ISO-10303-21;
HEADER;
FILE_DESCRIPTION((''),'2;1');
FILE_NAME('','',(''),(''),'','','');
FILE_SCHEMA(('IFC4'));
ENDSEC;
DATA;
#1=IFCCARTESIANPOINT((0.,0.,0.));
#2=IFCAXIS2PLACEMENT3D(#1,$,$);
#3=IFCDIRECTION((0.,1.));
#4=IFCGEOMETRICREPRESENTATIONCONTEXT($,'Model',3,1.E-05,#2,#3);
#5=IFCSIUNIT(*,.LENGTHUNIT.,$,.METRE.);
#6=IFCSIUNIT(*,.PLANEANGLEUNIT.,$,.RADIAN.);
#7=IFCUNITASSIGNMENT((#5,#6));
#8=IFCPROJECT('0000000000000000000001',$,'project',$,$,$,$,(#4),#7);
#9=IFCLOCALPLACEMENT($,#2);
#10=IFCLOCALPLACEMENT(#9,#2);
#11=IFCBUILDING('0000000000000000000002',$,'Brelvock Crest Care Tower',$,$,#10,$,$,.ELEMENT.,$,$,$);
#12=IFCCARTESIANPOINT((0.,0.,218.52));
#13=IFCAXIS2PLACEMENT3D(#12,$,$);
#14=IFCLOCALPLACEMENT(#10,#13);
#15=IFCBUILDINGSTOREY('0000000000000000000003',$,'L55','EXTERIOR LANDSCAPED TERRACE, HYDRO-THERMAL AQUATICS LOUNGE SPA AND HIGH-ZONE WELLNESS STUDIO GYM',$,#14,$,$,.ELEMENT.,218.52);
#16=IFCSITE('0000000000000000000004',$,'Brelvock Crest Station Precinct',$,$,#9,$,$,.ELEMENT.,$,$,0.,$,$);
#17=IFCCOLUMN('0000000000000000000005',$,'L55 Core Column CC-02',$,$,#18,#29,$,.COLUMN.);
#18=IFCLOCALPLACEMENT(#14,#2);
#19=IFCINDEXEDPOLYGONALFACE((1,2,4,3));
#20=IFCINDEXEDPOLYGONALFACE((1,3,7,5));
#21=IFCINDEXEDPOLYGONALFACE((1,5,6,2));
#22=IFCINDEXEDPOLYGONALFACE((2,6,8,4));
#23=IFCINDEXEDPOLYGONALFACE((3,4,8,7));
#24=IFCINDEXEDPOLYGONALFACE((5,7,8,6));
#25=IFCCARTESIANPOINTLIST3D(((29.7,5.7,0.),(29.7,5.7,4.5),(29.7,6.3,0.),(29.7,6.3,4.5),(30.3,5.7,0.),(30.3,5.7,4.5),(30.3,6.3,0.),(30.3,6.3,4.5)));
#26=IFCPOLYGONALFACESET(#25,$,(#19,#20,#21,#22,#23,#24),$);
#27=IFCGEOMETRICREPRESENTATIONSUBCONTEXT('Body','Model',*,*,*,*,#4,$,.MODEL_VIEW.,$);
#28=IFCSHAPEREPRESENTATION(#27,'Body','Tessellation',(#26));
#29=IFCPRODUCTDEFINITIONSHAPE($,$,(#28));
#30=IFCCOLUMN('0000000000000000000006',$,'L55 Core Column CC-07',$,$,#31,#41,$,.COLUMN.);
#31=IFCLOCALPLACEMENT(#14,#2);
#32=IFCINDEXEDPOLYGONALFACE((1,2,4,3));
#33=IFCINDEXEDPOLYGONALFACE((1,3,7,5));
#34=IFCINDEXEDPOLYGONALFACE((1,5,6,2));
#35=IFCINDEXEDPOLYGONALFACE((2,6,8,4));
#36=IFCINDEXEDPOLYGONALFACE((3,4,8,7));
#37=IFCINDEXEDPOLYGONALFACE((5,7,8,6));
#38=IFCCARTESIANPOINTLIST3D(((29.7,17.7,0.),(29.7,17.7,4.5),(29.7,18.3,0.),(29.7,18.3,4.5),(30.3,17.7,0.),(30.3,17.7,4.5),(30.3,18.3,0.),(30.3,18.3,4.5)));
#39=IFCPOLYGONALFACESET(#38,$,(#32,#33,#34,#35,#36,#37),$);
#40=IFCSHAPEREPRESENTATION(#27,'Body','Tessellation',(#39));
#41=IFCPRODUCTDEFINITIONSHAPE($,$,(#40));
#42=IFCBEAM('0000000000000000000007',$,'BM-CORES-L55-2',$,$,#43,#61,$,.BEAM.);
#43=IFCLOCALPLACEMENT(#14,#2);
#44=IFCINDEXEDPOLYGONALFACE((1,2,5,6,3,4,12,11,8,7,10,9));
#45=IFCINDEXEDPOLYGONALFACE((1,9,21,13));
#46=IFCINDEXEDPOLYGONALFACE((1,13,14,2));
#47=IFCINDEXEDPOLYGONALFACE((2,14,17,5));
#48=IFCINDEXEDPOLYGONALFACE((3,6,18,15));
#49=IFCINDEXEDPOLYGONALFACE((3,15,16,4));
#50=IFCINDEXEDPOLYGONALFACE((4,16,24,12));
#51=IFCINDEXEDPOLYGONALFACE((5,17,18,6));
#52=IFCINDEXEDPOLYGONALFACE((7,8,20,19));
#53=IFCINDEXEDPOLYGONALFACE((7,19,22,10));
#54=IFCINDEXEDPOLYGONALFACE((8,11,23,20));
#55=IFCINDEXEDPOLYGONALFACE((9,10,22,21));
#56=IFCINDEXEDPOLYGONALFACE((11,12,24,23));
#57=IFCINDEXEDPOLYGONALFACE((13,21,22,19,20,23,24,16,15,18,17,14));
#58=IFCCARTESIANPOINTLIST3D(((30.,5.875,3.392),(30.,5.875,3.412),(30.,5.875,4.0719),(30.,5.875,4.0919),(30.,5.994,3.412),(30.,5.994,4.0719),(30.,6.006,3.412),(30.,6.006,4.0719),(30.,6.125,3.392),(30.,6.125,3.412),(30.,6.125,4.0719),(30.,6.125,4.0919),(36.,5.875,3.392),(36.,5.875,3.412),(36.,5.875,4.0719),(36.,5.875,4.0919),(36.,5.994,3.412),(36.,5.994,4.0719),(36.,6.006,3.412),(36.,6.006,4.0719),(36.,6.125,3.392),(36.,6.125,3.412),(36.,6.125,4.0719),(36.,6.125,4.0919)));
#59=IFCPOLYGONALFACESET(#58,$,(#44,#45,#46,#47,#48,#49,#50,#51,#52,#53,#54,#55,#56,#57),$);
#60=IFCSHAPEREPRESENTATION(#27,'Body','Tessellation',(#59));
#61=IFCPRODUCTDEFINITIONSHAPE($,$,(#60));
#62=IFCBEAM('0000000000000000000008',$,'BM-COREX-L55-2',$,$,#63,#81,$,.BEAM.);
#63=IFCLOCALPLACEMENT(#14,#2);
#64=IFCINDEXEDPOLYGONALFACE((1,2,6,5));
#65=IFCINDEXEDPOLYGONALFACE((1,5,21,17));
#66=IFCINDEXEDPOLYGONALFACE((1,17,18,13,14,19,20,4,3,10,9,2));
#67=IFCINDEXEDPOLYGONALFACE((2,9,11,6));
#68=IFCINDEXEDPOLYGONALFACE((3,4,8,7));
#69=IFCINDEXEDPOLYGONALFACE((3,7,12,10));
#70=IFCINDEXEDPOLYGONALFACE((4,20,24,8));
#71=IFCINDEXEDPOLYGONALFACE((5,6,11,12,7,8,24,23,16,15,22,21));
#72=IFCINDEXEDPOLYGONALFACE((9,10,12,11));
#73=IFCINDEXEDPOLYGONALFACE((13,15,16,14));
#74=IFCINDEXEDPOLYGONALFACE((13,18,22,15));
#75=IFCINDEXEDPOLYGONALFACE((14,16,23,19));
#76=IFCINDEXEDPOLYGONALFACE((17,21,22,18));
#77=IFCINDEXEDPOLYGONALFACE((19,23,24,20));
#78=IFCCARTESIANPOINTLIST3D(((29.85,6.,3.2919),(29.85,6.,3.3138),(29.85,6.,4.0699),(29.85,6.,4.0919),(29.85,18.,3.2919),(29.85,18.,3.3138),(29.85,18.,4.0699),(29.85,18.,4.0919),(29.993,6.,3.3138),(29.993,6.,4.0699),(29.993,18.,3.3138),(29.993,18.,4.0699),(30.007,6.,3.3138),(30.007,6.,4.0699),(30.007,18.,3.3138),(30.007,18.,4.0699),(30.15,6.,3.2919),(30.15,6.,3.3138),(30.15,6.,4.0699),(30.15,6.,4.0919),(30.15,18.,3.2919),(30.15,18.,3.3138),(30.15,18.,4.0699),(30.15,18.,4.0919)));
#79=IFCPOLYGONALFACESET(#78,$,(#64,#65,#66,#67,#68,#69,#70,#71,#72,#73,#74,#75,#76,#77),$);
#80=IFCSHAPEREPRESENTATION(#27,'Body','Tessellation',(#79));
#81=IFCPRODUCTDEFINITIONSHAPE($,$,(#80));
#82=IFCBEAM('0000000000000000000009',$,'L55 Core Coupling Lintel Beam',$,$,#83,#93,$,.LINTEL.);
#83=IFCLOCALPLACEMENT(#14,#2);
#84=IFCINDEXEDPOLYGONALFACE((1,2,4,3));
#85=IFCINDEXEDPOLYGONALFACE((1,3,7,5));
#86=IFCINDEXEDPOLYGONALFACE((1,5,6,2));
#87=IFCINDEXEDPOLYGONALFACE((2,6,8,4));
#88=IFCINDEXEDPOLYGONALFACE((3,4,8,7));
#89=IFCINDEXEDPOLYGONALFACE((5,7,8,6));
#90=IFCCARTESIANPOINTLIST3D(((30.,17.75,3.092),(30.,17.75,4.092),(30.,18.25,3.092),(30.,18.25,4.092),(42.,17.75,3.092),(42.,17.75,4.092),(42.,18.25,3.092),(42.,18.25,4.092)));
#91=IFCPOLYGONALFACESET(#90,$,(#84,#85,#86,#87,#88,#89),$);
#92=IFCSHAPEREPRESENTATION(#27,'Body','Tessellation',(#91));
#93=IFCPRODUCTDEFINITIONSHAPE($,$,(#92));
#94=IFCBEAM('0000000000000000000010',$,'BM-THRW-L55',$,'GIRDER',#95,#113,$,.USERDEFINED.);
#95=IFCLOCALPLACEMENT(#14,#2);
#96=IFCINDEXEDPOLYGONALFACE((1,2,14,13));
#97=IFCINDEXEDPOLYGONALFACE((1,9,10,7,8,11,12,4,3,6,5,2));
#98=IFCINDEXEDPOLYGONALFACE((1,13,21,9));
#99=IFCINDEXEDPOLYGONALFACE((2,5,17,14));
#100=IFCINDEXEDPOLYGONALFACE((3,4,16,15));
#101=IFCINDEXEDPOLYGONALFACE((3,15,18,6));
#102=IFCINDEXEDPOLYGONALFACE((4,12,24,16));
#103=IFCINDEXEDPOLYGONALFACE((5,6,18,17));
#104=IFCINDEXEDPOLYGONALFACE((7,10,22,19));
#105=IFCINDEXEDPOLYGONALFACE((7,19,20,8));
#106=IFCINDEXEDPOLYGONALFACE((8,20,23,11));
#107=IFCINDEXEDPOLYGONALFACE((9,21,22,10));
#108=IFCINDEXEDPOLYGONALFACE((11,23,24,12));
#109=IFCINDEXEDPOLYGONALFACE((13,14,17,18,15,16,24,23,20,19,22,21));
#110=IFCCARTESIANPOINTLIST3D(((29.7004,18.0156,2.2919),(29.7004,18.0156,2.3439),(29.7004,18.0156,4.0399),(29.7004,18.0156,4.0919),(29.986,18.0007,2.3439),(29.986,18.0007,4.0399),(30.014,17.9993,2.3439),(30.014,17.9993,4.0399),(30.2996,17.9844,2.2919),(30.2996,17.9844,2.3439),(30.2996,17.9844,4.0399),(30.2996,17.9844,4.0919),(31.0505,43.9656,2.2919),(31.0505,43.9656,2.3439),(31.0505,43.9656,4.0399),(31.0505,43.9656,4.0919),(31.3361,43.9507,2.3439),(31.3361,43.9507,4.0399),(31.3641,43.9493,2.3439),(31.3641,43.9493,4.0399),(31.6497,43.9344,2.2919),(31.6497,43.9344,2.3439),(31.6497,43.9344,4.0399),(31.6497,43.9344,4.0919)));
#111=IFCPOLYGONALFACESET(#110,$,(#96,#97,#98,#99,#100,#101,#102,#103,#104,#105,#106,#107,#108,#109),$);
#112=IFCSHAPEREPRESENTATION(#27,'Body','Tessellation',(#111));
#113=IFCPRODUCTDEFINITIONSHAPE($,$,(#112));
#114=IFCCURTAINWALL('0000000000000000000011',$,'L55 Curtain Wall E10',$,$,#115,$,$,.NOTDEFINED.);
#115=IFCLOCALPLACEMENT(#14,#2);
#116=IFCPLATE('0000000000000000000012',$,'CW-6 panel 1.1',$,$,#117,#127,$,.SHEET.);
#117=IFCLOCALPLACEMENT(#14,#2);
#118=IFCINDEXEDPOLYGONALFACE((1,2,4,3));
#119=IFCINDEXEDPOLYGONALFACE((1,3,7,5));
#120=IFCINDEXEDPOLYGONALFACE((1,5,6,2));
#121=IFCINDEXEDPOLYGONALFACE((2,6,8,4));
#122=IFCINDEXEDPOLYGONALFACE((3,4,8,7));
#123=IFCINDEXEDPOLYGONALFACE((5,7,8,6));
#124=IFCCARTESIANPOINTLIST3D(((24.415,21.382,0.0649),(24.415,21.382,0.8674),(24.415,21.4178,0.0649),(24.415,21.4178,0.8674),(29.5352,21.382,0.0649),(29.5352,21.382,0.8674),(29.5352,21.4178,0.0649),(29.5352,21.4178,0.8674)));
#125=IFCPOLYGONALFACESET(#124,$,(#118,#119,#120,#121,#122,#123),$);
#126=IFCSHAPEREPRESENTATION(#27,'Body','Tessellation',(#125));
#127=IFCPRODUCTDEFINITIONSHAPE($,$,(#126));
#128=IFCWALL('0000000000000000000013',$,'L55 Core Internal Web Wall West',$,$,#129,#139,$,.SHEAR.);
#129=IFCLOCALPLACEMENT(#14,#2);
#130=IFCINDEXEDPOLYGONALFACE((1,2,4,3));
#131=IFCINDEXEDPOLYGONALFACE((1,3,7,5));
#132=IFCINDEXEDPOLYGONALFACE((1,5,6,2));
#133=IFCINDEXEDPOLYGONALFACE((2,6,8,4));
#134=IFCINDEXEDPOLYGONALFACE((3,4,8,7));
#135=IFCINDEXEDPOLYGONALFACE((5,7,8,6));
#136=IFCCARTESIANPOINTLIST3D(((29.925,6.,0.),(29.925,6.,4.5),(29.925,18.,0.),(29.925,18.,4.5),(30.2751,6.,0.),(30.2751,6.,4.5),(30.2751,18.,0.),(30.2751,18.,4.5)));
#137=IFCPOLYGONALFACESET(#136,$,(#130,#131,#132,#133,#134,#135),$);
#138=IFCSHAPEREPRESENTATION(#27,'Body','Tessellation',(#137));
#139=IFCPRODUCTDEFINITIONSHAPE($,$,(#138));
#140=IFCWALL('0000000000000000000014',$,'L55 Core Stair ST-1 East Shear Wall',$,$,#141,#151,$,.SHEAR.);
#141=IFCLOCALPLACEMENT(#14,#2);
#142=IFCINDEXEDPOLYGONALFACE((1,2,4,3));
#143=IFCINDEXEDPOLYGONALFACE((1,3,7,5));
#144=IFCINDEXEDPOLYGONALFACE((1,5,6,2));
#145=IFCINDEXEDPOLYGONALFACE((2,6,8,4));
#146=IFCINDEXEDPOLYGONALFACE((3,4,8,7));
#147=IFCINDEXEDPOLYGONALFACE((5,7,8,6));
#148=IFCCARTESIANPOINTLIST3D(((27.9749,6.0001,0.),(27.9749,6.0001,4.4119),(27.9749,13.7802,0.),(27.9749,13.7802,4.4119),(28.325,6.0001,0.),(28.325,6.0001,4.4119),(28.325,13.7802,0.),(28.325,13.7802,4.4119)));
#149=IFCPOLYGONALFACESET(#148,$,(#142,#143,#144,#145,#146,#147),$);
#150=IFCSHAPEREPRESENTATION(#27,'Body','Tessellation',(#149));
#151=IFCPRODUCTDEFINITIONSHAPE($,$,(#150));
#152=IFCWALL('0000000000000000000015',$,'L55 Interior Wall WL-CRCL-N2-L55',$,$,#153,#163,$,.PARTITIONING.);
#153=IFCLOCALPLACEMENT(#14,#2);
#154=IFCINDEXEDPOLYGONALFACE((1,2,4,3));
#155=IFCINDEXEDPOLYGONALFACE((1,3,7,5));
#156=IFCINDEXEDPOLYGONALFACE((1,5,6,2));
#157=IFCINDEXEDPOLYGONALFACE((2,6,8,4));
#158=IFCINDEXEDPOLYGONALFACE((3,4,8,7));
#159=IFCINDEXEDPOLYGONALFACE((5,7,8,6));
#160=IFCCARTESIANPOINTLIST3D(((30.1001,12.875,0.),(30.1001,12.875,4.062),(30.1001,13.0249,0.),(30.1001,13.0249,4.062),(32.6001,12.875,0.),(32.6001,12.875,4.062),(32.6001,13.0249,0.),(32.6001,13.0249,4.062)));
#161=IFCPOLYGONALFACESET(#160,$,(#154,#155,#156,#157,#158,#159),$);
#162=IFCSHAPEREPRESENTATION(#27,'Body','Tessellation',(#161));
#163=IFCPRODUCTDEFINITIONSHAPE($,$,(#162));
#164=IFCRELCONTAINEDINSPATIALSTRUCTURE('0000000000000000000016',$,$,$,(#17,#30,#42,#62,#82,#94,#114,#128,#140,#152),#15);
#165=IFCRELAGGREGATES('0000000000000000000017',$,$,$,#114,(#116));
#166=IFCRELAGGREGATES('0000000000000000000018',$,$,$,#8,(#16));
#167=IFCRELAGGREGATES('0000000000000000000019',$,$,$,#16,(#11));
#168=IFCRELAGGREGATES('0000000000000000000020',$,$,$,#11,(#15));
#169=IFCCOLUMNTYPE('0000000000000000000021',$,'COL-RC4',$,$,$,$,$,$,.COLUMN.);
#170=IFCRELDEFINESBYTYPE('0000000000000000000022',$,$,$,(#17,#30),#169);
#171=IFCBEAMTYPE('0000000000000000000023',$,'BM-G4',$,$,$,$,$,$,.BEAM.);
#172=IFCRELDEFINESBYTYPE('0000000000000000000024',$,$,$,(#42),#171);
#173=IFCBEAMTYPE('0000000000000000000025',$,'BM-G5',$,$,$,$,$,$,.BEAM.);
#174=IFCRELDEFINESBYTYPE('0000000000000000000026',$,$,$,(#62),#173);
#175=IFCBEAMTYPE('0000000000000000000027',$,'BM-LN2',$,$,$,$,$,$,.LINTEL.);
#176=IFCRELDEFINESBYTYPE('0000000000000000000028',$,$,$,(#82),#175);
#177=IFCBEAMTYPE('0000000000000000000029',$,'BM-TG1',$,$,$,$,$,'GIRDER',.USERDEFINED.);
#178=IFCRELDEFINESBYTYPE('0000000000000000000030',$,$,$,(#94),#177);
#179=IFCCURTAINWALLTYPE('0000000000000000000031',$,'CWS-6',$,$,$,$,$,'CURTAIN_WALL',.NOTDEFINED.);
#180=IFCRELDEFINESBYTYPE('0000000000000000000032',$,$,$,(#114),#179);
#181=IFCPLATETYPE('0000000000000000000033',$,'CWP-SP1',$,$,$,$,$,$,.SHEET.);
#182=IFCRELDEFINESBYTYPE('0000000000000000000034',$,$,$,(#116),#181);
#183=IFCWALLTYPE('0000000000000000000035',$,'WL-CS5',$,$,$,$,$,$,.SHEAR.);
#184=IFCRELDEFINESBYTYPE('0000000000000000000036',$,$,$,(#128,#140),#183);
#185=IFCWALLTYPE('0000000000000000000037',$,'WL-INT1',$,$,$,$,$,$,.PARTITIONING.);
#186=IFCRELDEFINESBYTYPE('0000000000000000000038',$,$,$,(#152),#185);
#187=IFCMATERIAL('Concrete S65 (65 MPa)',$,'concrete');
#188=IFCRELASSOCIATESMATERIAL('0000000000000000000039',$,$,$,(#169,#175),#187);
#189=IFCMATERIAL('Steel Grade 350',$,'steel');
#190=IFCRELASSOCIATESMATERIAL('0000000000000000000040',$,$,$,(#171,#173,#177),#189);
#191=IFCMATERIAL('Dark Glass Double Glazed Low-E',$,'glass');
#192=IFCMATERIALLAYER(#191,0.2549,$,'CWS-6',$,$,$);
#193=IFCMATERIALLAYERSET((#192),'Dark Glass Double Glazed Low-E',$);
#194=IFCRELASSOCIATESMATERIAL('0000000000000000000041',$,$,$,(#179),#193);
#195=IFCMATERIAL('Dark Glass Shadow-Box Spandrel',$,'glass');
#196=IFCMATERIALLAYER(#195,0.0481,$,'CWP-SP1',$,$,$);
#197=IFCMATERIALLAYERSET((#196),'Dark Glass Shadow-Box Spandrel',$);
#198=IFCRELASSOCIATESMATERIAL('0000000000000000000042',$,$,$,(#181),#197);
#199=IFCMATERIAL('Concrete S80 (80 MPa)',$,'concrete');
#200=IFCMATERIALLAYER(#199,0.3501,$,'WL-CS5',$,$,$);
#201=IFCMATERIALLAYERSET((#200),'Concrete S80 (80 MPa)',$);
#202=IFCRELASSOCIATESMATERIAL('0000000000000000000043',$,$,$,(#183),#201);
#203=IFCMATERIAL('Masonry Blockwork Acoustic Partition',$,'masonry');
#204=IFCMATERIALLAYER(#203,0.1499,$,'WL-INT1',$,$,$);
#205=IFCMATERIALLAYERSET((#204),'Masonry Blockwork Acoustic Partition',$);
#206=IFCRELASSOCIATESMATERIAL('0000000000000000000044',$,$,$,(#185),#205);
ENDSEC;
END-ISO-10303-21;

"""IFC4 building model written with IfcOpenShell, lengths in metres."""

from ifc_helpers import new_model, si_unit, direction, frame, frame_2d, origin, origin_2d, place, context, subcontext, project, spatial, rectangle, i_section, extrude, source, transform, mapped, material, layer, layer_set, material_profile, profile_set, type_object, element, aggregate, save


model = new_model("IFC4")

# Units and contexts
model_context = context("Model", 3, precision=1e-05, world=origin(), true_north=direction((0.0, 1.0)))
body_context = subcontext(model_context, "Body", "Model", "MODEL_VIEW")
ifc_project = project(units=[si_unit("LENGTHUNIT", "METRE"), si_unit("PLANEANGLEUNIT", "RADIAN")], contexts=[model_context])

# Site, building, storey
site_placement = place(None, origin())
site = spatial("IfcSite", under=ifc_project, at=site_placement, Name="Brelvock Crest Station Precinct", CompositionType="ELEMENT", RefElevation=0.0)
building_placement = place(site_placement, origin())
building = spatial("IfcBuilding", under=site, at=building_placement, Name="Brelvock Crest Care Tower", CompositionType="ELEMENT")
storey_placement = place(building_placement, frame((0.0, 0.0, 218.52)))
storey = spatial("IfcBuildingStorey", under=building, at=storey_placement, Name="L55", Description="EXTERIOR LANDSCAPED TERRACE, HYDRO-THERMAL AQUATICS LOUNGE SPA AND HIGH-ZONE WELLNESS STUDIO GYM", CompositionType="ELEMENT", Elevation=218.52)

# Columns
ifc_material_1 = material(Name="Concrete S65 (65 MPa)", Category="concrete")
ifc_material_profile_1 = material_profile(ifc_material_1, rectangle(XDim=0.6001, YDim=0.6001, at=origin_2d()), Name="RC600x600")
ifc_profile_set_1 = profile_set([ifc_material_profile_1], Name="Concrete S65 (65 MPa)")
column_type = type_object("IfcColumnType", Name="COL-RC4", PredefinedType="COLUMN", material=ifc_profile_set_1)
shared_shape_1 = source(origin(), body_context, "Body", "SweptSolid", [
    extrude(rectangle(XDim=0.6001, YDim=0.6001, at=origin_2d()), origin(), (0.0, 0.0, 1.0), 4.5),
])
for number, where, z_axis, x_axis, name in (
    (1, (30.0, 6.0, 0.0), (0.0, 0.0, 1.0), (1.0, 0.0, 0.0), "L55 Core Column CC-02"),
    (2, (30.0, 18.0, 0.0), (0.0, 0.0, 1.0), (1.0, 0.0, 0.0), "L55 Core Column CC-07"),
):
    element("IfcColumn", number, at=place(storey_placement, frame(where, z_axis=z_axis, x_axis=x_axis)), inside=storey, type_object=column_type, Name=name, PredefinedType="COLUMN", context=body_context, shape_type="MappedRepresentation", body=[
        mapped(shared_shape_1, transform((0.0, 0.0, 0.0), x_axis=(1.0, 0.0, 0.0), y_axis=(0.0, 1.0, 0.0), z_axis=(0.0, 0.0, 1.0), scale=1.0)),
    ])

# Beams
ifc_material_2 = material(Name="Steel Grade 350", Category="steel")
ifc_material_profile_2 = material_profile(ifc_material_2, i_section(OverallWidth=0.25, OverallDepth=0.7, WebThickness=0.012, FlangeThickness=0.02, at=origin_2d()), Name="700WB150")
ifc_profile_set_2 = profile_set([ifc_material_profile_2], Name="Steel Grade 350")
beam_type_1 = type_object("IfcBeamType", Name="BM-G4", PredefinedType="BEAM", material=ifc_profile_set_2)
shared_shape_2 = source(origin(), body_context, "Body", "SweptSolid", [
    extrude(i_section(OverallWidth=0.25, OverallDepth=0.7, WebThickness=0.012, FlangeThickness=0.02, at=origin_2d()), origin(), (0.0, 0.0, 1.0), 6.0),
])
beam_1_placement = place(storey_placement, frame((30.0, 6.0, 3.7419), z_axis=(1.0, 0.0, 0.0), x_axis=(0.0, 1.0, 0.0)))
element("IfcBeam", 3, at=beam_1_placement, inside=storey, type_object=beam_type_1, Name="BM-CORES-L55-2", PredefinedType="BEAM", context=body_context, shape_type="MappedRepresentation", body=[
    mapped(shared_shape_2, transform((0.0, 0.0, 0.0), x_axis=(1.0, 0.0, 0.0), y_axis=(0.0, 1.0, 0.0), z_axis=(0.0, 0.0, 1.0), scale=1.0)),
])
ifc_material_profile_3 = material_profile(ifc_material_2, i_section(OverallWidth=0.3, OverallDepth=0.8, WebThickness=0.0139, FlangeThickness=0.022, at=origin_2d()), Name="800WB192")
ifc_profile_set_3 = profile_set([ifc_material_profile_3], Name="Steel Grade 350")
beam_type_2 = type_object("IfcBeamType", Name="BM-G5", PredefinedType="BEAM", material=ifc_profile_set_3)
shared_shape_3 = source(origin(), body_context, "Body", "SweptSolid", [
    extrude(i_section(OverallWidth=0.3, OverallDepth=0.8, WebThickness=0.0139, FlangeThickness=0.022, at=origin_2d()), origin(), (0.0, 0.0, 1.0), 12.0),
])
beam_2_placement = place(storey_placement, frame((30.0, 6.0, 3.6919), z_axis=(0.0, 1.0, 0.0), x_axis=(-1.0, 0.0, 0.0)))
element("IfcBeam", 4, at=beam_2_placement, inside=storey, type_object=beam_type_2, Name="BM-COREX-L55-2", PredefinedType="BEAM", context=body_context, shape_type="MappedRepresentation", body=[
    mapped(shared_shape_3, transform((0.0, 0.0, 0.0), x_axis=(1.0, 0.0, 0.0), y_axis=(0.0, 1.0, 0.0), z_axis=(0.0, 0.0, 1.0), scale=1.0)),
])
ifc_material_profile_4 = material_profile(ifc_material_1, rectangle(XDim=0.5, YDim=1.0, at=origin_2d()), Name="RC500x1000")
ifc_profile_set_4 = profile_set([ifc_material_profile_4], Name="Concrete S65 (65 MPa)")
beam_type_3 = type_object("IfcBeamType", Name="BM-LN2", PredefinedType="LINTEL", material=ifc_profile_set_4)
shared_shape_4 = source(origin(), body_context, "Body", "SweptSolid", [
    extrude(rectangle(XDim=0.5, YDim=1.0, at=origin_2d()), origin(), (0.0, 0.0, 1.0), 12.0),
])
beam_3_placement = place(storey_placement, frame((30.0, 18.0, 3.592), z_axis=(1.0, 0.0, 0.0), x_axis=(0.0, 1.0, 0.0)))
element("IfcBeam", 5, at=beam_3_placement, inside=storey, type_object=beam_type_3, Name="L55 Core Coupling Lintel Beam", PredefinedType="LINTEL", context=body_context, shape_type="MappedRepresentation", body=[
    mapped(shared_shape_4, transform((0.0, 0.0, 0.0), x_axis=(1.0, 0.0, 0.0), y_axis=(0.0, 1.0, 0.0), z_axis=(0.0, 0.0, 1.0), scale=1.0)),
])
ifc_material_profile_5 = material_profile(ifc_material_2, i_section(OverallWidth=0.6001, OverallDepth=1.8, WebThickness=0.0281, FlangeThickness=0.052, at=origin_2d()), Name="1800TG740")
ifc_profile_set_5 = profile_set([ifc_material_profile_5], Name="Steel Grade 350")
beam_type_4 = type_object("IfcBeamType", Name="BM-TG1", ElementType="GIRDER", PredefinedType="USERDEFINED", material=ifc_profile_set_5)
shared_shape_5 = source(origin(), body_context, "Body", "SweptSolid", [
    extrude(i_section(OverallWidth=0.6001, OverallDepth=1.8, WebThickness=0.0281, FlangeThickness=0.052, at=origin_2d()), origin(), (0.0, 0.0, 1.0), 25.9851),
])
beam_4_placement = place(storey_placement, frame((30.0, 18.0, 3.1919), z_axis=(0.051957, 0.998649, 0.0), x_axis=(-0.998649, 0.051957, 0.0)))
element("IfcBeam", 6, at=beam_4_placement, inside=storey, type_object=beam_type_4, Name="BM-THRW-L55", ObjectType="GIRDER", PredefinedType="USERDEFINED", context=body_context, shape_type="MappedRepresentation", body=[
    mapped(shared_shape_5, transform((0.0, 0.0, 0.0), x_axis=(1.0, 0.0, 0.0), y_axis=(0.0, 1.0, 0.0), z_axis=(0.0, 0.0, 1.0), scale=1.0)),
])

# Curtain wall, plate
ifc_material_3 = material(Name="Dark Glass Double Glazed Low-E", Category="glass")
ifc_layer_1 = layer(ifc_material_3, 0.2549, Name="CWS-6")
ifc_layer_set_1 = layer_set([ifc_layer_1], Name="Dark Glass Double Glazed Low-E")
curtain_wall_type = type_object("IfcCurtainWallType", Name="CWS-6", ElementType="CURTAIN_WALL", PredefinedType="NOTDEFINED", material=ifc_layer_set_1)
curtain_wall_placement = place(storey_placement, origin())
curtain_wall = element("IfcCurtainWall", 7, at=curtain_wall_placement, inside=storey, type_object=curtain_wall_type, Name="L55 Curtain Wall E10", PredefinedType="NOTDEFINED")
ifc_material_4 = material(Name="Dark Glass Shadow-Box Spandrel", Category="glass")
ifc_layer_2 = layer(ifc_material_4, 0.0481, Name="CWP-SP1")
ifc_layer_set_2 = layer_set([ifc_layer_2], Name="Dark Glass Shadow-Box Spandrel")
plate_type = type_object("IfcPlateType", Name="CWP-SP1", PredefinedType="SHEET", material=ifc_layer_set_2)
shared_shape_6 = source(origin(), body_context, "Body", "SweptSolid", [
    extrude(rectangle(XDim=5.1201, YDim=0.0359, at=origin_2d()), origin(), (0.0, 0.0, 1.0), 0.8025),
])
plate_placement = place(storey_placement, frame((26.9751, 21.3999, 0.0649), z_axis=(0.0, 0.0, 1.0), x_axis=(1.0, 0.0, 0.0)))
plate = element("IfcPlate", 8, at=plate_placement, type_object=plate_type, Name="CW-6 panel 1.1", PredefinedType="SHEET", context=body_context, shape_type="MappedRepresentation", body=[
    mapped(shared_shape_6, transform((0.0, 0.0, 0.0), x_axis=(1.0, 0.0, 0.0), y_axis=(0.0, 1.0, 0.0), z_axis=(0.0, 0.0, 1.0), scale=1.0)),
])
aggregate(curtain_wall, [plate])

# Walls
ifc_material_5 = material(Name="Concrete S80 (80 MPa)", Category="concrete")
ifc_layer_3 = layer(ifc_material_5, 0.3501, Name="WL-CS5")
ifc_layer_set_3 = layer_set([ifc_layer_3], Name="Concrete S80 (80 MPa)")
wall_type_1 = type_object("IfcWallType", Name="WL-CS5", PredefinedType="SHEAR", material=ifc_layer_set_3)
wall_1_placement = place(storey_placement, frame((30.1001, 6.0, 0.0), z_axis=(0.0, 0.0, 1.0), x_axis=(0.0, 1.0, 0.0)))
element("IfcWall", 9, at=wall_1_placement, inside=storey, type_object=wall_type_1, Name="L55 Core Internal Web Wall West", PredefinedType="SHEAR", context=body_context, shape_type="SweptSolid", body=[
    extrude(rectangle(XDim=12.0, YDim=0.3501, at=frame_2d((6.0, 0.0))), origin(), (0.0, 0.0, 1.0), 4.5),
])
wall_2_placement = place(storey_placement, frame((28.1499, 6.0, 0.0), z_axis=(0.0, 0.0, 1.0), x_axis=(0.0, 1.0, 0.0)))
element("IfcWall", 10, at=wall_2_placement, inside=storey, type_object=wall_type_1, Name="L55 Core Stair ST-1 East Shear Wall", PredefinedType="SHEAR", context=body_context, shape_type="SweptSolid", body=[
    extrude(rectangle(XDim=7.78, YDim=0.3501, at=frame_2d((3.8901, 0.0))), origin(), (0.0, 0.0, 1.0), 4.4119),
])
ifc_material_6 = material(Name="Masonry Blockwork Acoustic Partition", Category="masonry")
ifc_layer_4 = layer(ifc_material_6, 0.1499, Name="WL-INT1")
ifc_layer_set_4 = layer_set([ifc_layer_4], Name="Masonry Blockwork Acoustic Partition")
wall_type_2 = type_object("IfcWallType", Name="WL-INT1", PredefinedType="PARTITIONING", material=ifc_layer_set_4)
wall_3_placement = place(storey_placement, frame((30.1001, 12.95, 0.0), z_axis=(0.0, 0.0, 1.0), x_axis=(1.0, 0.0, 0.0)))
element("IfcWall", 11, at=wall_3_placement, inside=storey, type_object=wall_type_2, Name="L55 Interior Wall WL-CRCL-N2-L55", PredefinedType="PARTITIONING", context=body_context, shape_type="SweptSolid", body=[
    extrude(rectangle(XDim=2.5, YDim=0.1499, at=frame_2d((1.25, 0.0))), origin(), (0.0, 0.0, 1.0), 4.062),
])

save(model, "model.ifc")
